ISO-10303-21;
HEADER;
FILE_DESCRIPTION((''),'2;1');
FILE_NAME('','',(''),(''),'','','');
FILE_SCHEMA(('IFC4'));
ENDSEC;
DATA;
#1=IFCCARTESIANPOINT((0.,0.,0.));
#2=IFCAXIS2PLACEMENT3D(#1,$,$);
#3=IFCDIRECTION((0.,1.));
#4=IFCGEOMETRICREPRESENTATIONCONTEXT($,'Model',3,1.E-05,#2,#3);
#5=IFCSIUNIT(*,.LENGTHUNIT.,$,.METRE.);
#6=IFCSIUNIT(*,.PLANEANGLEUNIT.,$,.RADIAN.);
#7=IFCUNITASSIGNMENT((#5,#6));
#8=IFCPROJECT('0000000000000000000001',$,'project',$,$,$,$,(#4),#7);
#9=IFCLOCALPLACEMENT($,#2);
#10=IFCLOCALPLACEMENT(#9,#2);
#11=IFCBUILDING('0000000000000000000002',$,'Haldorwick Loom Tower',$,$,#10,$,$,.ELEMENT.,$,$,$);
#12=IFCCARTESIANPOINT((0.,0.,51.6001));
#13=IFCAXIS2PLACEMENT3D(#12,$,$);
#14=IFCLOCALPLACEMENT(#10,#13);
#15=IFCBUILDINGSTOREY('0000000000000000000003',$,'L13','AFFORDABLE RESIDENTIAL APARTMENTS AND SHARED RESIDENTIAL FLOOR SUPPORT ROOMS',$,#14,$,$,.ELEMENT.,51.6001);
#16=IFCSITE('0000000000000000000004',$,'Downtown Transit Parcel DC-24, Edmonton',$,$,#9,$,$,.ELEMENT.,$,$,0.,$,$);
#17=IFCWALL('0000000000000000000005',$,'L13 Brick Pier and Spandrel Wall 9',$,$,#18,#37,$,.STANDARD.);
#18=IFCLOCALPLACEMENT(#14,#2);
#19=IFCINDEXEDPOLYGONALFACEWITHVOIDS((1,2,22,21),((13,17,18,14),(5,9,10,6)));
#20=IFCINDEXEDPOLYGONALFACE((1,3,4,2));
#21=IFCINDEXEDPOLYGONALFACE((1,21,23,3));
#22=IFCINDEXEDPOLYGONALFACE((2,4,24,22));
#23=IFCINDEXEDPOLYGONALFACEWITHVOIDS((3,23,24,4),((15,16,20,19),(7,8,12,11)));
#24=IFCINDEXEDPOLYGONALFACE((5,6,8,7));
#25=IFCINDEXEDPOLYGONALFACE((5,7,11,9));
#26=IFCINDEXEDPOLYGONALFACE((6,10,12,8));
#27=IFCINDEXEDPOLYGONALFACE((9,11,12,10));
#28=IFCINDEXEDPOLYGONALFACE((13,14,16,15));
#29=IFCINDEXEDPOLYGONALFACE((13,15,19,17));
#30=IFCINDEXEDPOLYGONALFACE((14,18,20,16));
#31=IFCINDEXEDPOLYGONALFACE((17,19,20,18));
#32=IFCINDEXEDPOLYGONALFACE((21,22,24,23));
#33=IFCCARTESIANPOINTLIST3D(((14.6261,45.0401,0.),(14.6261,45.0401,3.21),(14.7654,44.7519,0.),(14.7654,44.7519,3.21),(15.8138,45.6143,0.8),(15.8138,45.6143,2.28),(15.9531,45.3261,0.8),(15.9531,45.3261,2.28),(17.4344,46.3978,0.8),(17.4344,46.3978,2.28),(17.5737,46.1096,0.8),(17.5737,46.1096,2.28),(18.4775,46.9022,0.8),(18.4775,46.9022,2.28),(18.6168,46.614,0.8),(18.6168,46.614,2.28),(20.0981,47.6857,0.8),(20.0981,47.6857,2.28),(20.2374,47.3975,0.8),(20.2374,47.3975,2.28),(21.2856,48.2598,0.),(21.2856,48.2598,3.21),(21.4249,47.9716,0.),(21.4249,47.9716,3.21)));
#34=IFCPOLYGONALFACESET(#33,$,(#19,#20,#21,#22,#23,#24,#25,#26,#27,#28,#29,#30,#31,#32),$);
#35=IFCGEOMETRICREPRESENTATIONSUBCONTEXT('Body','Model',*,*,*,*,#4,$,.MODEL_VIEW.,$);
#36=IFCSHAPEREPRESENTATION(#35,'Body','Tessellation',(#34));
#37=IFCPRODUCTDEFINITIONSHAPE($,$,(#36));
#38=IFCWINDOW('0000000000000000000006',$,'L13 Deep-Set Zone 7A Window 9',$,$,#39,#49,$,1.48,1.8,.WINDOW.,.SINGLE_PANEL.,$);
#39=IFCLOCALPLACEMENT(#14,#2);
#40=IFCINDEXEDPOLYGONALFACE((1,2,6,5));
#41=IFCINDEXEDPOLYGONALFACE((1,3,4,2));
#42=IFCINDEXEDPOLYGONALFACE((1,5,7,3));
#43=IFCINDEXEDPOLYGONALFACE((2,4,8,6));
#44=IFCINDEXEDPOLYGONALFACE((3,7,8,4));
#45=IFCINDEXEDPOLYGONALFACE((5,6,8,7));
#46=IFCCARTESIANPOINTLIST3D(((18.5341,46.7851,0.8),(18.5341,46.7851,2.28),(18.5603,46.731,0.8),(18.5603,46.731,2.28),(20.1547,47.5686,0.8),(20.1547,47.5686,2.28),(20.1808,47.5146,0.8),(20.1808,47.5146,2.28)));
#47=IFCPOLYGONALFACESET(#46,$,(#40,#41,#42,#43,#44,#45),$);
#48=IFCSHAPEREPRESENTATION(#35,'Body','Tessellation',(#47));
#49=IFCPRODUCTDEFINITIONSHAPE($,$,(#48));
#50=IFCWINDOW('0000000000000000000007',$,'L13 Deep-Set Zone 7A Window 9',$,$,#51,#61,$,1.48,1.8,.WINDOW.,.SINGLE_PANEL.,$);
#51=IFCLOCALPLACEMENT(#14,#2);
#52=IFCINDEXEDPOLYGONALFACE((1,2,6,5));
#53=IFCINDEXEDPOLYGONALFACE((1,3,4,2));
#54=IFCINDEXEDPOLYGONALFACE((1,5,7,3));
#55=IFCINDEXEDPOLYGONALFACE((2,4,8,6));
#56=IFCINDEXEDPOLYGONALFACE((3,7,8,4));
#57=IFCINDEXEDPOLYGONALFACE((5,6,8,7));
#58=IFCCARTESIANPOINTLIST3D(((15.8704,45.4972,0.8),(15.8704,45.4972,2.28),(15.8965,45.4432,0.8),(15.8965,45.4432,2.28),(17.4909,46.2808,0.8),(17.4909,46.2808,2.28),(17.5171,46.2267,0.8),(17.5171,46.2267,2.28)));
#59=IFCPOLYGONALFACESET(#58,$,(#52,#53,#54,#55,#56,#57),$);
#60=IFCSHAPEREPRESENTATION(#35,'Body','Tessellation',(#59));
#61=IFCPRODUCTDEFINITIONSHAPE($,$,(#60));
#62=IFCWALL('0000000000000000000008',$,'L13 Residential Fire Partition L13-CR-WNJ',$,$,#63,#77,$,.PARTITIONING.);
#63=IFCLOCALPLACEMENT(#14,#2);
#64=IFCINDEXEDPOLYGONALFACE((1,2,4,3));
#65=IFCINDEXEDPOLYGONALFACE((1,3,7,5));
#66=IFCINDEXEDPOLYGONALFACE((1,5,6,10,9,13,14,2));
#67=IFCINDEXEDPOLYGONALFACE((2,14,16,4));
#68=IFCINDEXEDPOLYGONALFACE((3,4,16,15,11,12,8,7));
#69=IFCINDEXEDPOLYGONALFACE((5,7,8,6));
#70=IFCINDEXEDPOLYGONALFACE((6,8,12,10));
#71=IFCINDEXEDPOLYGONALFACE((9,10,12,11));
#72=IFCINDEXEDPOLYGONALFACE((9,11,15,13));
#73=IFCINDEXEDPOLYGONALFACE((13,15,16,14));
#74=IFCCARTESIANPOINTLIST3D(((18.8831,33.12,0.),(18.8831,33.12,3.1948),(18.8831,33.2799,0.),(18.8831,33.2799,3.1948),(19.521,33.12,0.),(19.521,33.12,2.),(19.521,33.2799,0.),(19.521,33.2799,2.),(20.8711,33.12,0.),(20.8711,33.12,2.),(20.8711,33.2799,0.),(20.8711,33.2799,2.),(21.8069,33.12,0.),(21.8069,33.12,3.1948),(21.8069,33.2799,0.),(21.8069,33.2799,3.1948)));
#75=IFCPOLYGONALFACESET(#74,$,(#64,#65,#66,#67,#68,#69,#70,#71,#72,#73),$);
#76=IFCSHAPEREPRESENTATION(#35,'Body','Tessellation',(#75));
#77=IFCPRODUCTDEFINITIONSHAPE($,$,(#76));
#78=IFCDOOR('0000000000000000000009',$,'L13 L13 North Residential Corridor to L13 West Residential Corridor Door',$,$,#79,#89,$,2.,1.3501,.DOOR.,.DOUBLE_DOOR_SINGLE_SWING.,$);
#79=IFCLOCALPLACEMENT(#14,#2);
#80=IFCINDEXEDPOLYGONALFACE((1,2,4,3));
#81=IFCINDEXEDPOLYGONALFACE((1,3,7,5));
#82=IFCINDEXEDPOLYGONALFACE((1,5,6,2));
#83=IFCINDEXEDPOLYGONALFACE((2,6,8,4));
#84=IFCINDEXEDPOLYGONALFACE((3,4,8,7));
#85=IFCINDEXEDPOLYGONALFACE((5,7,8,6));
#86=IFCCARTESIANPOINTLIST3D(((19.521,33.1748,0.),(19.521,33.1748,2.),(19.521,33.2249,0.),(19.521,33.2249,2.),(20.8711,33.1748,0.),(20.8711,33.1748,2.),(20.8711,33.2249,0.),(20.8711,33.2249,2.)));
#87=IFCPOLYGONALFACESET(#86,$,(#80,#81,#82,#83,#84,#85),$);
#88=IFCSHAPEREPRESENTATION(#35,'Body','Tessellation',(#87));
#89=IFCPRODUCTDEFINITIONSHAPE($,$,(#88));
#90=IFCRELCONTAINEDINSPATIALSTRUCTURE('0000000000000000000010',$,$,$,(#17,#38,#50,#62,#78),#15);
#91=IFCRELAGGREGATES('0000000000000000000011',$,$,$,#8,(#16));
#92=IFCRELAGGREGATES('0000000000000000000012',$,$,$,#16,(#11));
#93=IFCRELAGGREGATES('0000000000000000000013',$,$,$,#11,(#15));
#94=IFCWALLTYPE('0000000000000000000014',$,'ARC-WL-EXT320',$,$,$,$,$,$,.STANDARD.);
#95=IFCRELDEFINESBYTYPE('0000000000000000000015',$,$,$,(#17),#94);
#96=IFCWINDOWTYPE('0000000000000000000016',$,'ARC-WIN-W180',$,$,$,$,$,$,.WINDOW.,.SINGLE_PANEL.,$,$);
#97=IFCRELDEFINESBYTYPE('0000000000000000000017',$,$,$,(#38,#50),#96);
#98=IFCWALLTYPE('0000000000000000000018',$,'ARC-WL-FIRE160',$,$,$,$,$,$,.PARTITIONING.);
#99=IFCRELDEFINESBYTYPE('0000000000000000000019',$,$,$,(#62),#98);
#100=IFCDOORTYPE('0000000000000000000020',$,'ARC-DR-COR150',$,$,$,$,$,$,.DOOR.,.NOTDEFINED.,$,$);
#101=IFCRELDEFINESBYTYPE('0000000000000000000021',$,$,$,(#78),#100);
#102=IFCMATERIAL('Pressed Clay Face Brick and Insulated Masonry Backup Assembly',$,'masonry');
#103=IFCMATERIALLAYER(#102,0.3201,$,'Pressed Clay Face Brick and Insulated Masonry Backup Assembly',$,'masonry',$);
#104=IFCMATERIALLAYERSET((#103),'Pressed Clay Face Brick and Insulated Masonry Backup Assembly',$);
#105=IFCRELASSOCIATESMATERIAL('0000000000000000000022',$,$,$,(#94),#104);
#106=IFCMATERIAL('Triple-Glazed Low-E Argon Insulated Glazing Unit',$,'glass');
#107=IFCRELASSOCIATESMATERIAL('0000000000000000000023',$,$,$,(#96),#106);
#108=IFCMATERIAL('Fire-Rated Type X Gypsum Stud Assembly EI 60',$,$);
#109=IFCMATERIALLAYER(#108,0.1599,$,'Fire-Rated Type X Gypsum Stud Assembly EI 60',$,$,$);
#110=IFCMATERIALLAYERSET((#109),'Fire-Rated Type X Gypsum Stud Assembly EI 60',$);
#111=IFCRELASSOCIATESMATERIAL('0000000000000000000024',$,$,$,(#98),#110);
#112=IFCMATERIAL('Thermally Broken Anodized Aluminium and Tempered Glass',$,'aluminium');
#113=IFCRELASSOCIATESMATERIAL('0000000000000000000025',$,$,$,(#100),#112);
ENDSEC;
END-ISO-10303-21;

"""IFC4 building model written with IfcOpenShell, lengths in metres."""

from ifc_helpers import new_model, si_unit, direction, frame, frame_2d, origin, place, context, subcontext, project, spatial, rectangle, extrude, material, layer, layer_set, type_object, element, fill, save


model = new_model("IFC4")

# Units and contexts
model_context = context("Model", 3, precision=1e-05, world=origin(), true_north=direction((0.0, 1.0)))
body_context = subcontext(model_context, "Body", "Model", "MODEL_VIEW")
ifc_project = project(units=[si_unit("LENGTHUNIT", "METRE"), si_unit("PLANEANGLEUNIT", "RADIAN")], contexts=[model_context])

# Site, building, storey
site_placement = place(None, origin())
site = spatial("IfcSite", under=ifc_project, at=site_placement, Name="Downtown Transit Parcel DC-24, Edmonton", CompositionType="ELEMENT", RefElevation=0.0)
building_placement = place(site_placement, origin())
building = spatial("IfcBuilding", under=site, at=building_placement, Name="Haldorwick Loom Tower", CompositionType="ELEMENT")
storey_placement = place(building_placement, frame((0.0, 0.0, 51.6001)))
storey = spatial("IfcBuildingStorey", under=building, at=storey_placement, Name="L13", Description="AFFORDABLE RESIDENTIAL APARTMENTS AND SHARED RESIDENTIAL FLOOR SUPPORT ROOMS", CompositionType="ELEMENT", Elevation=51.6001)

# Wall, openings, windows
ifc_material_1 = material(Name="Pressed Clay Face Brick and Insulated Masonry Backup Assembly", Category="masonry")
ifc_layer_1 = layer(ifc_material_1, 0.3201, Name="Pressed Clay Face Brick and Insulated Masonry Backup Assembly", Category="masonry")
ifc_layer_set_1 = layer_set([ifc_layer_1], Name="Pressed Clay Face Brick and Insulated Masonry Backup Assembly")
wall_type_1 = type_object("IfcWallType", Name="ARC-WL-EXT320", PredefinedType="STANDARD", material=ifc_layer_set_1)
wall_1_placement = place(storey_placement, frame((21.3552, 48.1157, 0.0), z_axis=(0.0, 0.0, 1.0), x_axis=(-0.900296, -0.435279, 0.0)))
wall_1 = element("IfcWall", 1, at=wall_1_placement, inside=storey, type_object=wall_type_1, Name="L13 Brick Pier and Spandrel Wall 9", PredefinedType="STANDARD", context=body_context, shape_type="SweptSolid", body=[
    extrude(rectangle(XDim=7.397, YDim=0.3201, at=frame_2d((3.6985, 0.0))), origin(), (0.0, 0.0, 1.0), 3.21),
])
opening_1_placement = place(wall_1_placement, frame((1.3191, 0.0, 0.8)))
opening_1 = element("IfcOpeningElement", 2, at=opening_1_placement, cuts=wall_1, PredefinedType="OPENING", context=body_context, shape_type="SweptSolid", body=[
    extrude(rectangle(XDim=1.8, YDim=1.48, at=frame_2d((0.8999, 0.74))), frame((0.0, 0.1699, 0.0), z_axis=(0.0, -1.0, 0.0), x_axis=(1.0, 0.0, 0.0)), (0.0, 0.0, 1.0), 0.3401),
])
opening_2_placement = place(wall_1_placement, frame((4.2778, 0.0, 0.8)))
opening_2 = element("IfcOpeningElement", 3, at=opening_2_placement, cuts=wall_1, PredefinedType="OPENING", context=body_context, shape_type="SweptSolid", body=[
    extrude(rectangle(XDim=1.8, YDim=1.48, at=frame_2d((0.8999, 0.74))), frame((0.0, 0.1699, 0.0), z_axis=(0.0, -1.0, 0.0), x_axis=(1.0, 0.0, 0.0)), (0.0, 0.0, 1.0), 0.3401),
])
ifc_material_2 = material(Name="Triple-Glazed Low-E Argon Insulated Glazing Unit", Category="glass")
window_type = type_object("IfcWindowType", Name="ARC-WIN-W180", PartitioningType="SINGLE_PANEL", PredefinedType="WINDOW", material=ifc_material_2)
window_1_placement = place(opening_1_placement, origin())
window_1 = element("IfcWindow", 4, at=window_1_placement, inside=storey, type_object=window_type, Name="L13 Deep-Set Zone 7A Window 9", OverallHeight=1.48, OverallWidth=1.8, PartitioningType="SINGLE_PANEL", PredefinedType="WINDOW", context=body_context, shape_type="SweptSolid", body=[
    extrude(rectangle(XDim=1.8, YDim=1.48, at=frame_2d((0.8999, 0.74))), frame((0.0, 0.03, 0.0), z_axis=(0.0, -1.0, 0.0), x_axis=(1.0, 0.0, 0.0)), (0.0, 0.0, 1.0), 0.0601),
])
fill(opening_1, window_1)
window_2_placement = place(opening_2_placement, origin())
window_2 = element("IfcWindow", 5, at=window_2_placement, inside=storey, type_object=window_type, Name="L13 Deep-Set Zone 7A Window 9", OverallHeight=1.48, OverallWidth=1.8, PartitioningType="SINGLE_PANEL", PredefinedType="WINDOW", context=body_context, shape_type="SweptSolid", body=[
    extrude(rectangle(XDim=1.8, YDim=1.48, at=frame_2d((0.8999, 0.74))), frame((0.0, 0.03, 0.0), z_axis=(0.0, -1.0, 0.0), x_axis=(1.0, 0.0, 0.0)), (0.0, 0.0, 1.0), 0.0601),
])
fill(opening_2, window_2)

# Wall, opening, door
ifc_material_3 = material(Name="Fire-Rated Type X Gypsum Stud Assembly EI 60")
ifc_layer_2 = layer(ifc_material_3, 0.1599, Name="Fire-Rated Type X Gypsum Stud Assembly EI 60")
ifc_layer_set_2 = layer_set([ifc_layer_2], Name="Fire-Rated Type X Gypsum Stud Assembly EI 60")
wall_type_2 = type_object("IfcWallType", Name="ARC-WL-FIRE160", PredefinedType="PARTITIONING", material=ifc_layer_set_2)
wall_2_placement = place(storey_placement, frame((18.8831, 33.2, 0.0), z_axis=(0.0, 0.0, 1.0), x_axis=(1.0, 0.0, 0.0)))
wall_2 = element("IfcWall", 6, at=wall_2_placement, inside=storey, type_object=wall_type_2, Name="L13 Residential Fire Partition L13-CR-WNJ", PredefinedType="PARTITIONING", context=body_context, shape_type="SweptSolid", body=[
    extrude(rectangle(XDim=2.9238, YDim=0.1599, at=frame_2d((1.4619, 0.0))), origin(), (0.0, 0.0, 1.0), 3.1948),
])
opening_3_placement = place(wall_2_placement, frame((0.6379, 0.0, 0.0)))
opening_3 = element("IfcOpeningElement", 7, at=opening_3_placement, cuts=wall_2, PredefinedType="OPENING", context=body_context, shape_type="SweptSolid", body=[
    extrude(rectangle(XDim=1.3501, YDim=2.0, at=frame_2d((0.675, 1.0))), frame((0.0, 0.0898, 0.0), z_axis=(0.0, -1.0, 0.0), x_axis=(1.0, 0.0, 0.0)), (0.0, 0.0, 1.0), 0.1799),
])
ifc_material_4 = material(Name="Thermally Broken Anodized Aluminium and Tempered Glass", Category="aluminium")
door_type_1 = type_object("IfcDoorType", Name="ARC-DR-COR150", OperationType="NOTDEFINED", PredefinedType="DOOR", material=ifc_material_4)
door_1_placement = place(opening_3_placement, origin())
door_1 = element("IfcDoor", 8, at=door_1_placement, inside=storey, type_object=door_type_1, Name="L13 L13 North Residential Corridor to L13 West Residential Corridor Door", OperationType="DOUBLE_DOOR_SINGLE_SWING", OverallHeight=2.0, OverallWidth=1.3501, PredefinedType="DOOR", context=body_context, shape_type="SweptSolid", body=[
    extrude(rectangle(XDim=1.3501, YDim=2.0, at=frame_2d((0.675, 1.0))), frame((0.0, 0.0249, 0.0), z_axis=(0.0, -1.0, 0.0), x_axis=(1.0, 0.0, 0.0)), (0.0, 0.0, 1.0), 0.05),
])
fill(opening_3, door_1)

save(model, "model.ifc")
